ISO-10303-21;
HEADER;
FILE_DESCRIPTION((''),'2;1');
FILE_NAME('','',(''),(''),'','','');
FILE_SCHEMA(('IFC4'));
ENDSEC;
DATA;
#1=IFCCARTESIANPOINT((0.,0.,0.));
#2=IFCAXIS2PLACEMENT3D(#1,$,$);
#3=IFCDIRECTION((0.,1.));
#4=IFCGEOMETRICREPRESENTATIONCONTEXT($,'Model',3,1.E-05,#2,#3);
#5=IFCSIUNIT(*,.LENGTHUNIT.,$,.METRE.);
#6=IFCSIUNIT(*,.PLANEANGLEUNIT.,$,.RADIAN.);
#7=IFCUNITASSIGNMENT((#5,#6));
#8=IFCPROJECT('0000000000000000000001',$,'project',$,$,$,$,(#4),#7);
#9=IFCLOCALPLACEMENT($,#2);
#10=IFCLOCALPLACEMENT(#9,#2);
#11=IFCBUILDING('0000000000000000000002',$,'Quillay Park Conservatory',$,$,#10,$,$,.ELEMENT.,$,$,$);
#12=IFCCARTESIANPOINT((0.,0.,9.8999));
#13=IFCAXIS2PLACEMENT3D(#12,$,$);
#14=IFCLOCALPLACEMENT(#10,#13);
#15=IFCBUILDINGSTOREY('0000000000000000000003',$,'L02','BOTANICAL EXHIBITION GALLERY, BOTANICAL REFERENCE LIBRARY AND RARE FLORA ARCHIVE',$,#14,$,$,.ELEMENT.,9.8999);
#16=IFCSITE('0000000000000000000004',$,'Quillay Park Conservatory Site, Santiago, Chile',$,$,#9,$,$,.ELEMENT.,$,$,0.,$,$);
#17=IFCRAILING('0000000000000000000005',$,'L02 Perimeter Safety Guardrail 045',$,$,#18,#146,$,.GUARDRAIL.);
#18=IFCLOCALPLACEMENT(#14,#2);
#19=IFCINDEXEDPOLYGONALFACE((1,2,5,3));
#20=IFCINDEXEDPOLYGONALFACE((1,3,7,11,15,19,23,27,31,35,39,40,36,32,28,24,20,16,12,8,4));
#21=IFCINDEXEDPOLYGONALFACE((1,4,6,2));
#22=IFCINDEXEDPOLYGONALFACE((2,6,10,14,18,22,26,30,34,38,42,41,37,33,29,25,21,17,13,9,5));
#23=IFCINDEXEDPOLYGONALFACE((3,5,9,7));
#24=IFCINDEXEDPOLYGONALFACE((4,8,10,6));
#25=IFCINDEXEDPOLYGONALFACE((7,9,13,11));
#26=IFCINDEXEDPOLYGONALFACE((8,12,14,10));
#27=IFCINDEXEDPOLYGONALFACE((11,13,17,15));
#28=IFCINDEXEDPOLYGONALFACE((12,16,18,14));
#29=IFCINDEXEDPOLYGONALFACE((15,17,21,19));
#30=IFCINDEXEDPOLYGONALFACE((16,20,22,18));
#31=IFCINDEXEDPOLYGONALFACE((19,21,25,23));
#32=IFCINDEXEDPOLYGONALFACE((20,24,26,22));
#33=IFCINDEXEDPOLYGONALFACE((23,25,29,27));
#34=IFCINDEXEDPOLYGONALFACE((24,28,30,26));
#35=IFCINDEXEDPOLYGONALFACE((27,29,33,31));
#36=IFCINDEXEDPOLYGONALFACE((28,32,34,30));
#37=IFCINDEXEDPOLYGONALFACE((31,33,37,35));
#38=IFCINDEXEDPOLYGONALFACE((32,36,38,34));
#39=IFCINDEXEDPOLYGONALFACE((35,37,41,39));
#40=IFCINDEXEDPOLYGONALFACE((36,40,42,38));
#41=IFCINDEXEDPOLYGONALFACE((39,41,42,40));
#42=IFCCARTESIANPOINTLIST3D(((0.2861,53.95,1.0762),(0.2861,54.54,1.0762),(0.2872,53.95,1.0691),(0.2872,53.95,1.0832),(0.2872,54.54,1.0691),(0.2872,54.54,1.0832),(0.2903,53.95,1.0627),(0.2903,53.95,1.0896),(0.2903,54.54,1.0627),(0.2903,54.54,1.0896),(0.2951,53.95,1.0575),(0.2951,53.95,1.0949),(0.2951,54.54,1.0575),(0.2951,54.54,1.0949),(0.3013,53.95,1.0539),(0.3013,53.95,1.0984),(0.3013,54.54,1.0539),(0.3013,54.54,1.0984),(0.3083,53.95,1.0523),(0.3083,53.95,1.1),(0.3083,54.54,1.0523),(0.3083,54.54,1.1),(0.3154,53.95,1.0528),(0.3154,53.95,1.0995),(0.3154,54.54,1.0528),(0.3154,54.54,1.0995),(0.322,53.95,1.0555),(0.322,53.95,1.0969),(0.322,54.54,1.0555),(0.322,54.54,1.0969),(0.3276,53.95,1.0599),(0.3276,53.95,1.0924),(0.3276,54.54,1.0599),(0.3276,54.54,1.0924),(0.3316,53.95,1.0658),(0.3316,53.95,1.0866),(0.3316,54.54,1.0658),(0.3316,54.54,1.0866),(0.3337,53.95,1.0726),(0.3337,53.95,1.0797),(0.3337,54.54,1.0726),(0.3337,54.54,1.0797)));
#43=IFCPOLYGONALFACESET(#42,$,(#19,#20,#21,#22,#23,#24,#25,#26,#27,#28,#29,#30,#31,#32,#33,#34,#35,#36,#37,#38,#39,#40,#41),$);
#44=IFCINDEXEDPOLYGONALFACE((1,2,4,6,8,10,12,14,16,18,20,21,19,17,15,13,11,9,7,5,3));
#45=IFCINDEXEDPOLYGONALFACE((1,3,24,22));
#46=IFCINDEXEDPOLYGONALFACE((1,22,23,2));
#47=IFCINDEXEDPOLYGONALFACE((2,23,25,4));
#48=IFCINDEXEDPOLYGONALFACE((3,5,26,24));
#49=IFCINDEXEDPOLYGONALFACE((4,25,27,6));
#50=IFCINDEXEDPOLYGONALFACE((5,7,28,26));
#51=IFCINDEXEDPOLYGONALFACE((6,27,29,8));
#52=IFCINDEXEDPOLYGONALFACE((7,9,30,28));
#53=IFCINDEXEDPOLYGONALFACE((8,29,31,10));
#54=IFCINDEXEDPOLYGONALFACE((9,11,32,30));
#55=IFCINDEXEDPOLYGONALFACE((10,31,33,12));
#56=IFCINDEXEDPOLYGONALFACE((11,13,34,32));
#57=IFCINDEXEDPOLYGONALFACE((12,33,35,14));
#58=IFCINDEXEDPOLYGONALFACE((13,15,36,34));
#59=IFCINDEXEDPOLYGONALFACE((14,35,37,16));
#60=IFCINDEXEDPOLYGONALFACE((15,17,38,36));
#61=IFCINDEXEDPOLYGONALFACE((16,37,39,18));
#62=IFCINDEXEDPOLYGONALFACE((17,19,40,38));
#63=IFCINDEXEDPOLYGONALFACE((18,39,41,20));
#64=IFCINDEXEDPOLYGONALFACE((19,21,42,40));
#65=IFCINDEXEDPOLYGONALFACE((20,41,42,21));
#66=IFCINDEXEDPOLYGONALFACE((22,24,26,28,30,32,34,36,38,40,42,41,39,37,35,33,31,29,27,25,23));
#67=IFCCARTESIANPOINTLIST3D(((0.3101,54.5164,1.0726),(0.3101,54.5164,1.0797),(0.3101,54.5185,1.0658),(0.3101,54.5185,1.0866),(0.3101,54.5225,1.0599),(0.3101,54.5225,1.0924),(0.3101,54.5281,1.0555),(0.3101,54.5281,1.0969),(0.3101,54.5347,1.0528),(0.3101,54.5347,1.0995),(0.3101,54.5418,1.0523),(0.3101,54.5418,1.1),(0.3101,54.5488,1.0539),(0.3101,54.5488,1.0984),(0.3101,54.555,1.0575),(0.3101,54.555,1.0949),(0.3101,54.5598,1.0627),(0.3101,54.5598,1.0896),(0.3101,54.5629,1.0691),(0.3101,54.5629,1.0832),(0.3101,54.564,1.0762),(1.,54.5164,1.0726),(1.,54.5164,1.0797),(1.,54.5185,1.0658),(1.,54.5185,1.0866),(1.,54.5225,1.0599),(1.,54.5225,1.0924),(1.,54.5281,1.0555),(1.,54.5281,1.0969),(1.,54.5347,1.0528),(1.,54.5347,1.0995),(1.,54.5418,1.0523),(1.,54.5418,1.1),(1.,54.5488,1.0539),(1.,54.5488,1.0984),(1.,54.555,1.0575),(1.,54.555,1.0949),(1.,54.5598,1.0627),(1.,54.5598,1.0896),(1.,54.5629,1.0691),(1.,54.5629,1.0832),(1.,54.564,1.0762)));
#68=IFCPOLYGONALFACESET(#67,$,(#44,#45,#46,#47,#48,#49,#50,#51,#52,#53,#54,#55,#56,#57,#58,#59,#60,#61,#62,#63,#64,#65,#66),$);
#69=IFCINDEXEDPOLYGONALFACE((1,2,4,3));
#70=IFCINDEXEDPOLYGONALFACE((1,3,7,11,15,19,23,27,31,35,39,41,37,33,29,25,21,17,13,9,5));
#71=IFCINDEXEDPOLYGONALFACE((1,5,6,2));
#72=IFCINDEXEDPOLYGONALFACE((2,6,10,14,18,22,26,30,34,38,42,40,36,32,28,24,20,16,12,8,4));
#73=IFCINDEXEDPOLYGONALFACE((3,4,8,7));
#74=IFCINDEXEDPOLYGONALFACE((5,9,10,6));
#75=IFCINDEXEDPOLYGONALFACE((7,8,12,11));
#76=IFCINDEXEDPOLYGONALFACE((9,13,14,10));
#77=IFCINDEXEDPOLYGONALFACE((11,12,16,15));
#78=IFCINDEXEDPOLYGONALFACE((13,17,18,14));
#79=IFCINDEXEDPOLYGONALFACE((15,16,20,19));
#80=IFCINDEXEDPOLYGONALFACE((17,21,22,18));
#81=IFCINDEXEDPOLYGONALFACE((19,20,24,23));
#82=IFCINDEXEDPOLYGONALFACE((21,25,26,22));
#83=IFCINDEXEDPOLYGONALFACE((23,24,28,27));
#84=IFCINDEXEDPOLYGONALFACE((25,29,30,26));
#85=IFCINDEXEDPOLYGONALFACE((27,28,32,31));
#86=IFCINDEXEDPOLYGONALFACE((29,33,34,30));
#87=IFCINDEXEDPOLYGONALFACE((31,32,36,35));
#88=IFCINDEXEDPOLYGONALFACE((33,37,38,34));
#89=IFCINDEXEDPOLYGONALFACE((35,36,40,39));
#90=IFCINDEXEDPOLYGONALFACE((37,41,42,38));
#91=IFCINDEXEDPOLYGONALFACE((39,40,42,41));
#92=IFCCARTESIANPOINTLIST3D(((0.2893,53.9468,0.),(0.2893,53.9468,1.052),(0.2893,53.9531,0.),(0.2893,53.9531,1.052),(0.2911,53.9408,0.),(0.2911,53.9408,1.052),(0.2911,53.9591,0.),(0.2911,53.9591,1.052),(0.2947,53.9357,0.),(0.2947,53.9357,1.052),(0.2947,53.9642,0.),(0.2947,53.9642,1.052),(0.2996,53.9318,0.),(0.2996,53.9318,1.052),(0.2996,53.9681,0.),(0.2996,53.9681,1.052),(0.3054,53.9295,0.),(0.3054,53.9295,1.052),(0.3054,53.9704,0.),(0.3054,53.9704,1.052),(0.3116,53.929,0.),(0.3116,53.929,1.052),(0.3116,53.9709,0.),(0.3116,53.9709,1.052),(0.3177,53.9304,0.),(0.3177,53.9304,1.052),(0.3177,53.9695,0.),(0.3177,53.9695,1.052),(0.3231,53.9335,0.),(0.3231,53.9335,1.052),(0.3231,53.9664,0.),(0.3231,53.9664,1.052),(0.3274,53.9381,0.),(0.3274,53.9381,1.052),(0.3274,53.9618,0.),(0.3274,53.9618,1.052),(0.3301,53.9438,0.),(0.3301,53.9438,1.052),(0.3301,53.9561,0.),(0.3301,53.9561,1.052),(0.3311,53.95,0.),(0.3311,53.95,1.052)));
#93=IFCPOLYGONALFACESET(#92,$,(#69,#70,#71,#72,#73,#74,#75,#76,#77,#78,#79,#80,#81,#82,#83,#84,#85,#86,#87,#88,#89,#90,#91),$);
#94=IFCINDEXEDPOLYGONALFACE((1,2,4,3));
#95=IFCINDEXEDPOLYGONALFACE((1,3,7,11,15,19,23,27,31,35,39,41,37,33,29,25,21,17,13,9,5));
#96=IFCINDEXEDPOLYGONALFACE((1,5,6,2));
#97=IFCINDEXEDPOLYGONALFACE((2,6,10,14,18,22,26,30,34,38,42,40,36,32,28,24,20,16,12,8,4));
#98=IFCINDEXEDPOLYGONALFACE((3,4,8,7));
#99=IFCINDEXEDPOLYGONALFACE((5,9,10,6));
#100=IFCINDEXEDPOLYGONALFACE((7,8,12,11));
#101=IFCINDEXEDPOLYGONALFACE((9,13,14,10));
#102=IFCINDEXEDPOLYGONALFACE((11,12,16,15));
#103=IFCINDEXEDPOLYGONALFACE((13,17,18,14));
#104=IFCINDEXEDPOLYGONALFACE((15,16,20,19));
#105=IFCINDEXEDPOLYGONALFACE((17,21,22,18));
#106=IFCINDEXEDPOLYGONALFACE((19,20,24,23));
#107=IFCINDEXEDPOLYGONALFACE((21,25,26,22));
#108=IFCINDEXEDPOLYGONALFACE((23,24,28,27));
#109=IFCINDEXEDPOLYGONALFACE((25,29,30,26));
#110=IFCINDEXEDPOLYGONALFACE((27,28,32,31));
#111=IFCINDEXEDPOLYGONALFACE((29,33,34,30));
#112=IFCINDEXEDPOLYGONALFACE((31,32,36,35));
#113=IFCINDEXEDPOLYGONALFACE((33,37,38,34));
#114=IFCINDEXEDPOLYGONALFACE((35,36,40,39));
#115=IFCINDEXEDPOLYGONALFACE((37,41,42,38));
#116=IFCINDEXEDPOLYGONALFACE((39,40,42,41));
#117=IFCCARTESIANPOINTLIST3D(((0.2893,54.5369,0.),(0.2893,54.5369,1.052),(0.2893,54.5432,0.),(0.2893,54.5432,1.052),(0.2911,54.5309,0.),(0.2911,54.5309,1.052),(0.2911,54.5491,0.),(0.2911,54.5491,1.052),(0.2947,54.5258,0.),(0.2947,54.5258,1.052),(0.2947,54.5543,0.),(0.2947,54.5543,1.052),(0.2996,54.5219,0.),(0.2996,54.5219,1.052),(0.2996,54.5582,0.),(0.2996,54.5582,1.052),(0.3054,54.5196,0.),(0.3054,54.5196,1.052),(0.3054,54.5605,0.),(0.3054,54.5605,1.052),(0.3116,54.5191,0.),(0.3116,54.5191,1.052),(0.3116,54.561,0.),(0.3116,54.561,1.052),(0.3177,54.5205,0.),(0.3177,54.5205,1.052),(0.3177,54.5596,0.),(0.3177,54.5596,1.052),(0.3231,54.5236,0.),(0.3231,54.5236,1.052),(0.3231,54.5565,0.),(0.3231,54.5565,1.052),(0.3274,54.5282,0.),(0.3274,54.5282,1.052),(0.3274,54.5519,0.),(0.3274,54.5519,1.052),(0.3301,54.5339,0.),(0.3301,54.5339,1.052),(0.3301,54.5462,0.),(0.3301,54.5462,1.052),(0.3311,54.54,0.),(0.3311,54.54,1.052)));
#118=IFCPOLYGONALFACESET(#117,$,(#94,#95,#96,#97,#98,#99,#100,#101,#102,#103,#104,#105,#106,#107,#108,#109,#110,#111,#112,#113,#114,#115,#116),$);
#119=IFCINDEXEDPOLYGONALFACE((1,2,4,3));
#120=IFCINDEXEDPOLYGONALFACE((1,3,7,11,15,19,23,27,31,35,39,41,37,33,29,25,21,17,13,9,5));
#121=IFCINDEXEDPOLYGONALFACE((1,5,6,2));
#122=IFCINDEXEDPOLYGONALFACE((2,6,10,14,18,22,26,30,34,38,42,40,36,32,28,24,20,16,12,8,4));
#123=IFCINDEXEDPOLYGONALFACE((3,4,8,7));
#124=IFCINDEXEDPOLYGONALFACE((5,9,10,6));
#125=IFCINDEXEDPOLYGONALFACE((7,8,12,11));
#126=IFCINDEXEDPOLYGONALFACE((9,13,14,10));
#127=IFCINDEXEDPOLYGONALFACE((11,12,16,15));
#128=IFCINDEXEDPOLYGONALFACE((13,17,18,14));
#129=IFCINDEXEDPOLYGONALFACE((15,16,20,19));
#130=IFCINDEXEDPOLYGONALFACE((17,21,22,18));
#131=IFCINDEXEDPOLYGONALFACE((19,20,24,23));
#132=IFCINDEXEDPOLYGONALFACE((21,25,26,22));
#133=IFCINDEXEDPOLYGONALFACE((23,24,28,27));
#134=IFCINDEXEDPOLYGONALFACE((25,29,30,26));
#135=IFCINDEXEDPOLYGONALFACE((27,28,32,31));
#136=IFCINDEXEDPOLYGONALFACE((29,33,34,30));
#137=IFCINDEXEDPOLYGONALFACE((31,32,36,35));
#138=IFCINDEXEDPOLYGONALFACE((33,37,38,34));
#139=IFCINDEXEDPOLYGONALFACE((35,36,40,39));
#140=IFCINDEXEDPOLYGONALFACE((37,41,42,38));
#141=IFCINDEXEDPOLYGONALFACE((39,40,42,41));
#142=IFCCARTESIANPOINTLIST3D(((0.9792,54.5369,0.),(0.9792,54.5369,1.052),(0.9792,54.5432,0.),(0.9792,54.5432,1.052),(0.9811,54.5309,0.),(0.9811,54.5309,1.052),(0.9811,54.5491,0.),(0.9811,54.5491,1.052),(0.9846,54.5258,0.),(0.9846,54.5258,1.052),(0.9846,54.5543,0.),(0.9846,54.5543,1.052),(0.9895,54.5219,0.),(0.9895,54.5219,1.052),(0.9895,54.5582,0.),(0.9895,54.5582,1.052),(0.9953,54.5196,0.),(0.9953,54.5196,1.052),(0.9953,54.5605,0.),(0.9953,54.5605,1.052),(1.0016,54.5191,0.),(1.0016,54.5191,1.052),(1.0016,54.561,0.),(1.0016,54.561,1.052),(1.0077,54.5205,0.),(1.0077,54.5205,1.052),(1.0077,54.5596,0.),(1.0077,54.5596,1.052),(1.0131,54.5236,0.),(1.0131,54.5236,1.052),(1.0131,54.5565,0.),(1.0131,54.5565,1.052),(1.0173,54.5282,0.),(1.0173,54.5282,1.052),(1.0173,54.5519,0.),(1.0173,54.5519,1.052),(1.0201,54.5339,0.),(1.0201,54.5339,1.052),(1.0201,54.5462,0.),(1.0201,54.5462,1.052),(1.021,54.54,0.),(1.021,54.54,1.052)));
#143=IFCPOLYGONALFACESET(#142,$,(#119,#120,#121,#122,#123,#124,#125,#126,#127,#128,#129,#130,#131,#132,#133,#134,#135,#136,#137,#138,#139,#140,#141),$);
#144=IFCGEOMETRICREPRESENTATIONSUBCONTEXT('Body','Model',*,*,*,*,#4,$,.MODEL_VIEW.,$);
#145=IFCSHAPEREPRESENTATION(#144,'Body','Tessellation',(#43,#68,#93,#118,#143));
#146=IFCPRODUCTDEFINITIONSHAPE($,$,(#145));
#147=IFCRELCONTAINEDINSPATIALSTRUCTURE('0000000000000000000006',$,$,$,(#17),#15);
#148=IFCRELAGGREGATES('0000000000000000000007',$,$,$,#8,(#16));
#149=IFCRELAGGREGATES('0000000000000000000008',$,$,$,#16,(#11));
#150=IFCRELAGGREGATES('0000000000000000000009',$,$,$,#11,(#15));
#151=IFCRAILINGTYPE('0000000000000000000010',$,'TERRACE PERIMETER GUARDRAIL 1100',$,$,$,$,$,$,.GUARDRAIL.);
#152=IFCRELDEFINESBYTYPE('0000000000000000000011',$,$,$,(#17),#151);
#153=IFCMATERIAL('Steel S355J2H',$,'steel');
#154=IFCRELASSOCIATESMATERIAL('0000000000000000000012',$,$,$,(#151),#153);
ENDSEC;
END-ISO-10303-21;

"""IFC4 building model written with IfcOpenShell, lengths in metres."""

from ifc_helpers import new_model, si_unit, direction, frame, origin, origin_2d, place, context, subcontext, project, spatial, circle, extrude, material, type_object, element, save


model = new_model("IFC4")

# Units and contexts
model_context = context("Model", 3, precision=1e-05, world=origin(), true_north=direction((0.0, 1.0)))
body_context = subcontext(model_context, "Body", "Model", "MODEL_VIEW")
ifc_project = project(units=[si_unit("LENGTHUNIT", "METRE"), si_unit("PLANEANGLEUNIT", "RADIAN")], contexts=[model_context])

# Site, building, storey
site_placement = place(None, origin())
site = spatial("IfcSite", under=ifc_project, at=site_placement, Name="Quillay Park Conservatory Site, Santiago, Chile", CompositionType="ELEMENT", RefElevation=0.0)
building_placement = place(site_placement, origin())
building = spatial("IfcBuilding", under=site, at=building_placement, Name="Quillay Park Conservatory", CompositionType="ELEMENT")
storey_placement = place(building_placement, frame((0.0, 0.0, 9.8999)))
storey = spatial("IfcBuildingStorey", under=building, at=storey_placement, Name="L02", Description="BOTANICAL EXHIBITION GALLERY, BOTANICAL REFERENCE LIBRARY AND RARE FLORA ARCHIVE", CompositionType="ELEMENT", Elevation=9.8999)

# Railing
ifc_material_1 = material(Name="Steel S355J2H", Category="steel")
railing_type = type_object("IfcRailingType", Name="TERRACE PERIMETER GUARDRAIL 1100", PredefinedType="GUARDRAIL", material=ifc_material_1)
railing_placement = place(storey_placement, frame((0.3101, 53.95, 0.0)))
element("IfcRailing", 1, at=railing_placement, inside=storey, type_object=railing_type, Name="L02 Perimeter Safety Guardrail 045", PredefinedType="GUARDRAIL", context=body_context, shape_type="SweptSolid", body=[
    extrude(circle(Radius=0.0239, at=origin_2d()), frame((0.0, 0.0, 1.0762), z_axis=(0.0, 1.0, 0.0), x_axis=(-1.0, 0.0, 0.0)), (0.0, 0.0, 1.0), 0.5901),
    extrude(circle(Radius=0.0239, at=origin_2d()), frame((0.0, 0.5901, 1.0762), z_axis=(1.0, 0.0, 0.0), x_axis=(0.0, 1.0, 0.0)), (0.0, 0.0, 1.0), 0.6899),
    extrude(circle(Radius=0.021, at=origin_2d()), origin(), (0.0, 0.0, 1.0), 1.052),
    extrude(circle(Radius=0.021, at=origin_2d()), frame((0.0, 0.5901, 0.0)), (0.0, 0.0, 1.0), 1.052),
    extrude(circle(Radius=0.021, at=origin_2d()), frame((0.6899, 0.5901, 0.0)), (0.0, 0.0, 1.0), 1.052),
])

save(model, "model.ifc")
